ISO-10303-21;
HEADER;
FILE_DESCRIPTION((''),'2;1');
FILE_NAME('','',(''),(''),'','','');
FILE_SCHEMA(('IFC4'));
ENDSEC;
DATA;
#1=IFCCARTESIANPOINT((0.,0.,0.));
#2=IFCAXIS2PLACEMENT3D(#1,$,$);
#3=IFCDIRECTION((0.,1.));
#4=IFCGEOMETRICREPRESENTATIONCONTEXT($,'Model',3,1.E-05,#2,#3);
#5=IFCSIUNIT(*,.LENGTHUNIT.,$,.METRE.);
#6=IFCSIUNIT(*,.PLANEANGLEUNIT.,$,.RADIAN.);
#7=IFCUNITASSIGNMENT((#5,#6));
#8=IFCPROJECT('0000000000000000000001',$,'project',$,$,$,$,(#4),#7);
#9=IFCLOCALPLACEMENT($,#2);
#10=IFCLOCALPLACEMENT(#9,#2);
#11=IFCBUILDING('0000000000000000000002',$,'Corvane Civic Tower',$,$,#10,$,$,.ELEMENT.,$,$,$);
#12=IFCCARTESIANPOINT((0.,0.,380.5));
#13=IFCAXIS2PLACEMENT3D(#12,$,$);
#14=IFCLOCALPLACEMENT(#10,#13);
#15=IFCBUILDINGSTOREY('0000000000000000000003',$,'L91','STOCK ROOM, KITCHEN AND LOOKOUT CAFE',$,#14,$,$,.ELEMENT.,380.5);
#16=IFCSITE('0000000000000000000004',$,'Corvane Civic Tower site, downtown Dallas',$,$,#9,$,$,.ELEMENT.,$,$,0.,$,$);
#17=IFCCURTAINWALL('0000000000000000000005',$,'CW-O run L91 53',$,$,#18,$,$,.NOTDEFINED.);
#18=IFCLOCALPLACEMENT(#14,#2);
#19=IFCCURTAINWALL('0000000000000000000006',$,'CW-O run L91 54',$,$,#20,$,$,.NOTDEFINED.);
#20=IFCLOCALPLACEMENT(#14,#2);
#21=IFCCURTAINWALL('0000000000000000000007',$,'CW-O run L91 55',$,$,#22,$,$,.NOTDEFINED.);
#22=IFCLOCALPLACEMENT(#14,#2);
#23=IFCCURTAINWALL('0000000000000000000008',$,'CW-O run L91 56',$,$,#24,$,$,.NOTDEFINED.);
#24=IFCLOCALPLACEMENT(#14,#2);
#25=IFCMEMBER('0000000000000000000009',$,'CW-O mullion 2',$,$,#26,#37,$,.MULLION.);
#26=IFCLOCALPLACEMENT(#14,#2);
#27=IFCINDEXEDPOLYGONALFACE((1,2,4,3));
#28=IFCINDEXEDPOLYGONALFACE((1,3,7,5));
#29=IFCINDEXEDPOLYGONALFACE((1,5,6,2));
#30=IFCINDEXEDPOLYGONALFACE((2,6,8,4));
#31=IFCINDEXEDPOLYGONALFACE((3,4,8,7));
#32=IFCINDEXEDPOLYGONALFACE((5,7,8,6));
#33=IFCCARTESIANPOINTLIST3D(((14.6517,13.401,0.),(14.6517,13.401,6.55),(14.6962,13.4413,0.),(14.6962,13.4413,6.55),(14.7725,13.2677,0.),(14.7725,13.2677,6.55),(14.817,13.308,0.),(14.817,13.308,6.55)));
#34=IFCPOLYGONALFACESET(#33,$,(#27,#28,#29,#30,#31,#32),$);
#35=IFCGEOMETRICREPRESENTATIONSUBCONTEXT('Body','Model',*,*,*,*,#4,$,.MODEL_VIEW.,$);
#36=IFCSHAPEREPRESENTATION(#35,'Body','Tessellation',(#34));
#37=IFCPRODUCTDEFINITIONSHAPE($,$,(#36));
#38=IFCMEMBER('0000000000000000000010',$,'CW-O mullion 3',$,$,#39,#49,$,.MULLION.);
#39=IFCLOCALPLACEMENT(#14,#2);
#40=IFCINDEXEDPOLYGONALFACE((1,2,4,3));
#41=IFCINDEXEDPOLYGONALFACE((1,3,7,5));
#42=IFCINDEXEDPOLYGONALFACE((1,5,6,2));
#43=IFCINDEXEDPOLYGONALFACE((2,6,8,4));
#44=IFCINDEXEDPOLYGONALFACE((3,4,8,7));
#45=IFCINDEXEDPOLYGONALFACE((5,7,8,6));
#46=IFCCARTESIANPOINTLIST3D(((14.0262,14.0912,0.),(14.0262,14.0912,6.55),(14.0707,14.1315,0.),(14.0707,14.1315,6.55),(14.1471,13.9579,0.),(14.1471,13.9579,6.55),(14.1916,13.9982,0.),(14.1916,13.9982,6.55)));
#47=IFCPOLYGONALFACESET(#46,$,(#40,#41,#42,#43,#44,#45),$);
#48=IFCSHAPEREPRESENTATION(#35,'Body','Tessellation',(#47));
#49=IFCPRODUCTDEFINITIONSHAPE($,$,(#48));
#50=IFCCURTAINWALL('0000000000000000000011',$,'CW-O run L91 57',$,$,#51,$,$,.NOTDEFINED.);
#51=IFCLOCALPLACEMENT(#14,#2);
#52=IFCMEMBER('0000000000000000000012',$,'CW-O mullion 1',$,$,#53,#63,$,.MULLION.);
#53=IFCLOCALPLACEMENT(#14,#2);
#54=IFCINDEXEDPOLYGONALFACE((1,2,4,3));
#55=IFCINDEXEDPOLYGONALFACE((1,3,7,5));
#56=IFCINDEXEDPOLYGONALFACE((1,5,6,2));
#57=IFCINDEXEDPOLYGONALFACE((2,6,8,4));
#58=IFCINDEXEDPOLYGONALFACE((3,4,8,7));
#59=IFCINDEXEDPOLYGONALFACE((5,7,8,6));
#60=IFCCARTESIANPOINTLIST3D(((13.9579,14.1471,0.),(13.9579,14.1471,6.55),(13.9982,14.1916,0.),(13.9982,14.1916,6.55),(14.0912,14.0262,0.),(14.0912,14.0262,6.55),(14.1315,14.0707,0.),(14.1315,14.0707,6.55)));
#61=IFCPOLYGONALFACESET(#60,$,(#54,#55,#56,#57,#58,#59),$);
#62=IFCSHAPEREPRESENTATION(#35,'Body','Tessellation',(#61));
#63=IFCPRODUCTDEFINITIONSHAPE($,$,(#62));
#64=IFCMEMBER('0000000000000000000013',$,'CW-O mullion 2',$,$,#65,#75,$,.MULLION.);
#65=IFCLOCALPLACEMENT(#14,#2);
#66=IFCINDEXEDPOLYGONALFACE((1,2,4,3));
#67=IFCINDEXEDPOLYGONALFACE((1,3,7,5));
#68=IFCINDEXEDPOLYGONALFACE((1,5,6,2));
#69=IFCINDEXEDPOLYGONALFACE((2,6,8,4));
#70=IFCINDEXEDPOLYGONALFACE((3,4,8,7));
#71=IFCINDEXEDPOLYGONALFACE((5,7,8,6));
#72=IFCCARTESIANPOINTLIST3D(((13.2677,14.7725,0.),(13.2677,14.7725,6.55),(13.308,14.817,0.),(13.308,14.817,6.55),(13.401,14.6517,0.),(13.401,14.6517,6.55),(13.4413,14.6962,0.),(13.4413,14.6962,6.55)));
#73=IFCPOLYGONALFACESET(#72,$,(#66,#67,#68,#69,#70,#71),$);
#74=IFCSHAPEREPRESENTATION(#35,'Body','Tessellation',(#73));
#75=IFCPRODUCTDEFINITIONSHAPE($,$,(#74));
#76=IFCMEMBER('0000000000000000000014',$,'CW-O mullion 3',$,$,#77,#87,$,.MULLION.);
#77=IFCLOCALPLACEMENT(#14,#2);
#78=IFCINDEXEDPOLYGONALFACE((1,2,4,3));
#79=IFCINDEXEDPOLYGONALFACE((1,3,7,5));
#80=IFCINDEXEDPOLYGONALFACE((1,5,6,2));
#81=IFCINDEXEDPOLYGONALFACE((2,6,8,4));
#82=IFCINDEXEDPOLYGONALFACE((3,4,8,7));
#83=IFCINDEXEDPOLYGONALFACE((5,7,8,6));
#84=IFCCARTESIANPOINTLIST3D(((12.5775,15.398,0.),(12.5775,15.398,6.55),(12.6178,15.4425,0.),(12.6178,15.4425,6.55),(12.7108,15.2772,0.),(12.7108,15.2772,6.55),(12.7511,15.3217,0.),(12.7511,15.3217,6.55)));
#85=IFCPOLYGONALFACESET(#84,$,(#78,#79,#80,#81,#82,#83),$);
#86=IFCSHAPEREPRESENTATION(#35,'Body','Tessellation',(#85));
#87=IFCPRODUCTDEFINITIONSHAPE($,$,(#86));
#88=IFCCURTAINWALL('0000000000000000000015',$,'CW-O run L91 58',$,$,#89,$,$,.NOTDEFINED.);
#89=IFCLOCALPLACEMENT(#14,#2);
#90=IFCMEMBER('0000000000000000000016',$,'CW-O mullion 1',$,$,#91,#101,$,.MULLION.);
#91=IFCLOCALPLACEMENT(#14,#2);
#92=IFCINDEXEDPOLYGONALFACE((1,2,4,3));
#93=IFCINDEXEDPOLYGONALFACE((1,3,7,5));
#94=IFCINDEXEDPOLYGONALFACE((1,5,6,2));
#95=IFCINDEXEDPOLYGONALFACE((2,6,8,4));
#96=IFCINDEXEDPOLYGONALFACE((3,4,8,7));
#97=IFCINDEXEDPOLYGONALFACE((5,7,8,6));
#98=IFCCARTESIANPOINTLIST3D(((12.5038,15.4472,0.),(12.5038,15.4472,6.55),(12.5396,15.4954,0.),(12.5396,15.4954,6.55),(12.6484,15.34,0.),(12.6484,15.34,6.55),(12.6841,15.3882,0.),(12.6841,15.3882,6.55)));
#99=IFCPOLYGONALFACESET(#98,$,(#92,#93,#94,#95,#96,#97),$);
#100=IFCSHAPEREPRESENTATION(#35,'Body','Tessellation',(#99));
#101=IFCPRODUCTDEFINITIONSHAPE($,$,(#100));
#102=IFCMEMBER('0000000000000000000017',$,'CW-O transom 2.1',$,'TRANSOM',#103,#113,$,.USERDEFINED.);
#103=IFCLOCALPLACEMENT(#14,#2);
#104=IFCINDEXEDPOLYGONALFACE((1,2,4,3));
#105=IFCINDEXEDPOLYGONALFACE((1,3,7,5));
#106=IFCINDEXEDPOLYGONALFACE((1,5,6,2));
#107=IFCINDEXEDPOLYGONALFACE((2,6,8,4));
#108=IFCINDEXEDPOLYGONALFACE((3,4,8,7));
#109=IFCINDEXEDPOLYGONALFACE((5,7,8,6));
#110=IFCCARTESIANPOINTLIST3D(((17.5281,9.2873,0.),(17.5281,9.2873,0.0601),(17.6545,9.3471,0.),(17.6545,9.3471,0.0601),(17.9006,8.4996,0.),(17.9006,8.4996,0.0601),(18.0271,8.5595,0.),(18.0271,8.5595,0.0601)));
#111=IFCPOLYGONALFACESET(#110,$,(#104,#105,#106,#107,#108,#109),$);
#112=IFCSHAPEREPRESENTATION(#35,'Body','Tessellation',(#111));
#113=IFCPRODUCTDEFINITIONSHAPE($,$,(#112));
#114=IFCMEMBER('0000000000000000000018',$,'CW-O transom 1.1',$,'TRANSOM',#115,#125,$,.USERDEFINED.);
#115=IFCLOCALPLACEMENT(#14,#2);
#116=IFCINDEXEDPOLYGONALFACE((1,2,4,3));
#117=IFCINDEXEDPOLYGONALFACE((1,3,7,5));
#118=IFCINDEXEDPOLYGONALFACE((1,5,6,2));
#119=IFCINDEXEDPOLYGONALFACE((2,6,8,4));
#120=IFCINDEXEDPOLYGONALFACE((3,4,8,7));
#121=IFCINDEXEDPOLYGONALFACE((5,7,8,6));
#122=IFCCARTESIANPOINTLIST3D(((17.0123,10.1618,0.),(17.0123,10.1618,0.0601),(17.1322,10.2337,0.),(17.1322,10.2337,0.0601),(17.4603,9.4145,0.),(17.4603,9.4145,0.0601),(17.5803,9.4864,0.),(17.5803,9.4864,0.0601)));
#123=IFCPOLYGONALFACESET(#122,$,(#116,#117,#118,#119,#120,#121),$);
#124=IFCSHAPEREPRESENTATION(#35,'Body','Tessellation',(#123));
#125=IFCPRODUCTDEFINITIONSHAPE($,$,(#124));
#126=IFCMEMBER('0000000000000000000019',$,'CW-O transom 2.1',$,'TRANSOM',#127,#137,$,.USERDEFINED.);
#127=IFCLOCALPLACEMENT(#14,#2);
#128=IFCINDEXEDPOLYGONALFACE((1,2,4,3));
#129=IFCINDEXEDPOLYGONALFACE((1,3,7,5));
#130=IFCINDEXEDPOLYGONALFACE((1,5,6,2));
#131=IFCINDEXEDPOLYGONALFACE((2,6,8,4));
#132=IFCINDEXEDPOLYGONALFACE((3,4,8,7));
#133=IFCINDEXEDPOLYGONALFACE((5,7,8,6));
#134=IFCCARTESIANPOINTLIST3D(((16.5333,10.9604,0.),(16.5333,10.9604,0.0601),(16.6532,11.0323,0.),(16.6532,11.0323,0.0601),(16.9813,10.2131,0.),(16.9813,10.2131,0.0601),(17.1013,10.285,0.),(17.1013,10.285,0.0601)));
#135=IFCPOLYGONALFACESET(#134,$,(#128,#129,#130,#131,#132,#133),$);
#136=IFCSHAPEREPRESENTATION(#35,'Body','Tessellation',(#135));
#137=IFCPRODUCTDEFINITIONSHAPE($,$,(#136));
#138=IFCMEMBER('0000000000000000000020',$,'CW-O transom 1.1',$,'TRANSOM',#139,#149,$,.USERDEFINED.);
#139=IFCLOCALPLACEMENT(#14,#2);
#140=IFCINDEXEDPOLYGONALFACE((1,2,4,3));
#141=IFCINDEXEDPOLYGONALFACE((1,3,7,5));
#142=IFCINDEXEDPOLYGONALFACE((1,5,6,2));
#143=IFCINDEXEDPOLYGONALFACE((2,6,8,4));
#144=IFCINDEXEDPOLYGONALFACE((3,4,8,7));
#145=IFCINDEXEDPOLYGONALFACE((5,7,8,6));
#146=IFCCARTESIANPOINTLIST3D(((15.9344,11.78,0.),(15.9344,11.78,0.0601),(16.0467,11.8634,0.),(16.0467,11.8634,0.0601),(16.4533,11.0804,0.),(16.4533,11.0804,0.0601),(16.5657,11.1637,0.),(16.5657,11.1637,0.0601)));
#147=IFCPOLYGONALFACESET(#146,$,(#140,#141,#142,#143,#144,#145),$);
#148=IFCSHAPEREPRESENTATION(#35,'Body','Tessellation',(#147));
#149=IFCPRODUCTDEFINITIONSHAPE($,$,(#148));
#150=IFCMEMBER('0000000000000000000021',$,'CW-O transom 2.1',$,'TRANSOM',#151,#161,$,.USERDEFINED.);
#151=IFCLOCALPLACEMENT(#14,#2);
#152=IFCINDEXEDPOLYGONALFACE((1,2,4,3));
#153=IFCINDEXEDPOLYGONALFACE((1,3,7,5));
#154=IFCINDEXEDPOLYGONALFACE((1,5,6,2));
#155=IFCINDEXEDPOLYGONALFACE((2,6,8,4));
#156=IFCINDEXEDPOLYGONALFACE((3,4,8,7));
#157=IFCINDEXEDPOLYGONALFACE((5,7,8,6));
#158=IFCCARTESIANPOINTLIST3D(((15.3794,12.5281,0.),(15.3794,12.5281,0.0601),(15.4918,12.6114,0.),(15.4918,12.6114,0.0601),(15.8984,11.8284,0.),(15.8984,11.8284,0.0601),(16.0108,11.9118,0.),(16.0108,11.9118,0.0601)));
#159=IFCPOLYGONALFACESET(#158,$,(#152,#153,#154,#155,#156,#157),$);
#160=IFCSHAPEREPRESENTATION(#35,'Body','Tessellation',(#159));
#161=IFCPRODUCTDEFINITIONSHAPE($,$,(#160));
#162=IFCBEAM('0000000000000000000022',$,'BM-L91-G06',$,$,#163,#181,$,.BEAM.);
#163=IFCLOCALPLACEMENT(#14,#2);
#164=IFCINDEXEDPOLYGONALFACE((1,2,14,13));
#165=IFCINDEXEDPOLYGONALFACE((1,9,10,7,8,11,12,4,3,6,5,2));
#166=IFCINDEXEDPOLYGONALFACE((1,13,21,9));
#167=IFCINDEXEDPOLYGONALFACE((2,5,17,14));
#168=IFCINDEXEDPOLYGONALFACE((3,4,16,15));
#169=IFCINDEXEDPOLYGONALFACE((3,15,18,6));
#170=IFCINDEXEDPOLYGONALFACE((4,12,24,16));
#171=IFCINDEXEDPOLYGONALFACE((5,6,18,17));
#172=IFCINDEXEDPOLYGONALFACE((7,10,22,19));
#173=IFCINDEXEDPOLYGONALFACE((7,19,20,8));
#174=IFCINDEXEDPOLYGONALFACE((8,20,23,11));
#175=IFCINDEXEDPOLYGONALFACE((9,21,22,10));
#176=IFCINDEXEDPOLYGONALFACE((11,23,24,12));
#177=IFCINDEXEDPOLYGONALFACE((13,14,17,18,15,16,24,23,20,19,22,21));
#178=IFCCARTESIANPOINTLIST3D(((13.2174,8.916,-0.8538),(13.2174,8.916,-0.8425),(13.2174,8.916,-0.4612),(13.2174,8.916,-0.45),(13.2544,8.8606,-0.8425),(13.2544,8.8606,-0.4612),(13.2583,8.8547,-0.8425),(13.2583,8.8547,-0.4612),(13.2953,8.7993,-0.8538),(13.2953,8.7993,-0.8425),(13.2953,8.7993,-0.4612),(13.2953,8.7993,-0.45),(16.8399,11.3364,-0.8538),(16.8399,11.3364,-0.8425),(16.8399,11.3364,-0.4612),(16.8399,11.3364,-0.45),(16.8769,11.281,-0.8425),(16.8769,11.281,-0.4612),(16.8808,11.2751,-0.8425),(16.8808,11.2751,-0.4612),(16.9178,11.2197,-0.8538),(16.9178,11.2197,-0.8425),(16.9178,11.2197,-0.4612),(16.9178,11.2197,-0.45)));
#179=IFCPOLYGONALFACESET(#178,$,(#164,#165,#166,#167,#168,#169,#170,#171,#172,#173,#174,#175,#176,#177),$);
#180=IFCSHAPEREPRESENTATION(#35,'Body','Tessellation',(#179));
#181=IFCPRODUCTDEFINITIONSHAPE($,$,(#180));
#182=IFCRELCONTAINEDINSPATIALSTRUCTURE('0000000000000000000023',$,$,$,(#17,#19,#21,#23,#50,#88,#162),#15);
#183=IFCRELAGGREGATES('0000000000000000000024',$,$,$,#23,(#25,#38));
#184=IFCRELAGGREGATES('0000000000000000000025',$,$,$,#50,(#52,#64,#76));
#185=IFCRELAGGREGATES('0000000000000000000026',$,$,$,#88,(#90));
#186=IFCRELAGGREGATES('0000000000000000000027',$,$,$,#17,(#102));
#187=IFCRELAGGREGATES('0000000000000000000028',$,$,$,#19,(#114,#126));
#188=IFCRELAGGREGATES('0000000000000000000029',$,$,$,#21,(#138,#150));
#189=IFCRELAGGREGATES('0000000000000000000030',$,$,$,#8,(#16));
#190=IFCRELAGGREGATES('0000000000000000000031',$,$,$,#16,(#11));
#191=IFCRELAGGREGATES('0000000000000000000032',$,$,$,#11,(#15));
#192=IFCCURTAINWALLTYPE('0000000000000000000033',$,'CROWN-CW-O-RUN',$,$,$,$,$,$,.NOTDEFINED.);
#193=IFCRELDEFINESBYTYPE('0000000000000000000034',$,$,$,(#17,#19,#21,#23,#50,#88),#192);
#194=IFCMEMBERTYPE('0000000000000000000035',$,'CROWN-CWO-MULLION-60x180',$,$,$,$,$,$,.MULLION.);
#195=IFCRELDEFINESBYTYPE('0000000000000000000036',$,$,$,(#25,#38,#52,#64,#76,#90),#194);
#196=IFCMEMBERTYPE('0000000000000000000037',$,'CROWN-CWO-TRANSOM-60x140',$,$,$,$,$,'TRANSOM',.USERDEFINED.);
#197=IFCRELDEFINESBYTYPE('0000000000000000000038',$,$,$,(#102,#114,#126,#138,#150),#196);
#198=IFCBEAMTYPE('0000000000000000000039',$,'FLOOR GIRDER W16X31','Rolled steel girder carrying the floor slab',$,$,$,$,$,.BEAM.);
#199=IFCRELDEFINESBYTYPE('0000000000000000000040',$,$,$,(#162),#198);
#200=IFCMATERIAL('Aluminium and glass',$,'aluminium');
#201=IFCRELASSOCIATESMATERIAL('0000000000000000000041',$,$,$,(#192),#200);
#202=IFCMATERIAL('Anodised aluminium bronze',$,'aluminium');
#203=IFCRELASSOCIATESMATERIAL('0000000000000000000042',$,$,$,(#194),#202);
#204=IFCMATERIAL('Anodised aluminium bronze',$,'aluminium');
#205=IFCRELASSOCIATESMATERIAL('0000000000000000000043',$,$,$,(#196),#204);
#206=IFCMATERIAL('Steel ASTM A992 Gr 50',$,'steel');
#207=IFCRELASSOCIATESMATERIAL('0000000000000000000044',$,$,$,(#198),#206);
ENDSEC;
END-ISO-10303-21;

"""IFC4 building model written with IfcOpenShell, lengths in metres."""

from ifc_helpers import new_model, si_unit, direction, frame, origin, origin_2d, place, context, subcontext, project, spatial, rectangle, i_section, extrude, material, material_profile, profile_set, type_object, element, aggregate, save


model = new_model("IFC4")

# Units and contexts
model_context = context("Model", 3, precision=1e-05, world=origin(), true_north=direction((0.0, 1.0)))
body_context = subcontext(model_context, "Body", "Model", "MODEL_VIEW")
ifc_project = project(units=[si_unit("LENGTHUNIT", "METRE"), si_unit("PLANEANGLEUNIT", "RADIAN")], contexts=[model_context])

# Site, building, storey
site_placement = place(None, origin())
site = spatial("IfcSite", under=ifc_project, at=site_placement, Name="Corvane Civic Tower site, downtown Dallas", CompositionType="ELEMENT", RefElevation=0.0)
building_placement = place(site_placement, origin())
building = spatial("IfcBuilding", under=site, at=building_placement, Name="Corvane Civic Tower", CompositionType="ELEMENT")
storey_placement = place(building_placement, frame((0.0, 0.0, 380.5)))
storey = spatial("IfcBuildingStorey", under=building, at=storey_placement, Name="L91", Description="STOCK ROOM, KITCHEN AND LOOKOUT CAFE", CompositionType="ELEMENT", Elevation=380.5)

# Curtain wall
ifc_material_1 = material(Name="Aluminium and glass", Category="aluminium")
curtain_wall_type = type_object("IfcCurtainWallType", Name="CROWN-CW-O-RUN", PredefinedType="NOTDEFINED", material=ifc_material_1)
curtain_wall_1_placement = place(storey_placement, origin())
curtain_wall_1 = element("IfcCurtainWall", 1, at=curtain_wall_1_placement, inside=storey, type_object=curtain_wall_type, Name="CW-O run L91 53", PredefinedType="NOTDEFINED")
ifc_material_2 = material(Name="Anodised aluminium bronze", Category="aluminium")
ifc_material_profile_1 = material_profile(ifc_material_2, rectangle(XDim=0.0601, YDim=0.1799, at=origin_2d()), Name="AL 60x180")
ifc_profile_set_1 = profile_set([ifc_material_profile_1], Name="Anodised aluminium bronze")
member_type_1 = type_object("IfcMemberType", Name="CROWN-CWO-MULLION-60x180", PredefinedType="MULLION", material=ifc_profile_set_1)

# Curtain walls, members
curtain_wall_2_placement = place(storey_placement, origin())
curtain_wall_2 = element("IfcCurtainWall", 2, at=curtain_wall_2_placement, inside=storey, type_object=curtain_wall_type, Name="CW-O run L91 54", PredefinedType="NOTDEFINED")
curtain_wall_3_placement = place(storey_placement, origin())
curtain_wall_3 = element("IfcCurtainWall", 3, at=curtain_wall_3_placement, inside=storey, type_object=curtain_wall_type, Name="CW-O run L91 55", PredefinedType="NOTDEFINED")
curtain_wall_4_placement = place(storey_placement, origin())
curtain_wall_4 = element("IfcCurtainWall", 4, at=curtain_wall_4_placement, inside=storey, type_object=curtain_wall_type, Name="CW-O run L91 56", PredefinedType="NOTDEFINED")
member_1_placement = place(storey_placement, frame((14.7344, 13.3545, 0.0), z_axis=(0.0, 0.0, 1.0), x_axis=(-0.740944, -0.671567, 0.0)))
member_1 = element("IfcMember", 5, at=member_1_placement, type_object=member_type_1, Name="CW-O mullion 2", PredefinedType="MULLION", context=body_context, shape_type="SweptSolid", body=[
    extrude(rectangle(XDim=0.0601, YDim=0.1799, at=origin_2d()), origin(), (0.0, 0.0, 1.0), 6.55),
])
member_2_placement = place(storey_placement, frame((14.1089, 14.0447, 0.0), z_axis=(0.0, 0.0, 1.0), x_axis=(-0.740944, -0.671567, 0.0)))
member_2 = element("IfcMember", 6, at=member_2_placement, type_object=member_type_1, Name="CW-O mullion 3", PredefinedType="MULLION", context=body_context, shape_type="SweptSolid", body=[
    extrude(rectangle(XDim=0.0601, YDim=0.1799, at=origin_2d()), origin(), (0.0, 0.0, 1.0), 6.55),
])
aggregate(curtain_wall_4, [member_1, member_2])
curtain_wall_5_placement = place(storey_placement, origin())
curtain_wall_5 = element("IfcCurtainWall", 7, at=curtain_wall_5_placement, inside=storey, type_object=curtain_wall_type, Name="CW-O run L91 57", PredefinedType="NOTDEFINED")
member_3_placement = place(storey_placement, frame((14.0447, 14.1089, 0.0), z_axis=(0.0, 0.0, 1.0), x_axis=(-0.671567, -0.740944, 0.0)))
member_3 = element("IfcMember", 8, at=member_3_placement, type_object=member_type_1, Name="CW-O mullion 1", PredefinedType="MULLION", context=body_context, shape_type="SweptSolid", body=[
    extrude(rectangle(XDim=0.0601, YDim=0.1799, at=origin_2d()), origin(), (0.0, 0.0, 1.0), 6.55),
])
member_4_placement = place(storey_placement, frame((13.3545, 14.7344, 0.0), z_axis=(0.0, 0.0, 1.0), x_axis=(-0.671567, -0.740944, 0.0)))
member_4 = element("IfcMember", 9, at=member_4_placement, type_object=member_type_1, Name="CW-O mullion 2", PredefinedType="MULLION", context=body_context, shape_type="SweptSolid", body=[
    extrude(rectangle(XDim=0.0601, YDim=0.1799, at=origin_2d()), origin(), (0.0, 0.0, 1.0), 6.55),
])
member_5_placement = place(storey_placement, frame((12.6643, 15.3599, 0.0), z_axis=(0.0, 0.0, 1.0), x_axis=(-0.671567, -0.740944, 0.0)))
member_5 = element("IfcMember", 10, at=member_5_placement, type_object=member_type_1, Name="CW-O mullion 3", PredefinedType="MULLION", context=body_context, shape_type="SweptSolid", body=[
    extrude(rectangle(XDim=0.0601, YDim=0.1799, at=origin_2d()), origin(), (0.0, 0.0, 1.0), 6.55),
])
aggregate(curtain_wall_5, [member_3, member_4, member_5])

# Curtain wall, member
curtain_wall_6_placement = place(storey_placement, origin())
curtain_wall_6 = element("IfcCurtainWall", 11, at=curtain_wall_6_placement, inside=storey, type_object=curtain_wall_type, Name="CW-O run L91 58", PredefinedType="NOTDEFINED")
member_6_placement = place(storey_placement, frame((12.594, 15.4177, 0.0), z_axis=(0.0, 0.0, 1.0), x_axis=(-0.595722, -0.80319, 0.0)))
member_6 = element("IfcMember", 12, at=member_6_placement, type_object=member_type_1, Name="CW-O mullion 1", PredefinedType="MULLION", context=body_context, shape_type="SweptSolid", body=[
    extrude(rectangle(XDim=0.0601, YDim=0.1799, at=origin_2d()), origin(), (0.0, 0.0, 1.0), 6.55),
])
aggregate(curtain_wall_6, [member_6])

# Members
ifc_material_3 = material(Name="Anodised aluminium bronze", Category="aluminium")
ifc_material_profile_2 = material_profile(ifc_material_3, rectangle(XDim=0.1399, YDim=0.0601, at=origin_2d()), Name="AL 140x60")
ifc_profile_set_2 = profile_set([ifc_material_profile_2], Name="Anodised aluminium bronze")
member_type_2 = type_object("IfcMemberType", Name="CROWN-CWO-TRANSOM-60x140", ElementType="TRANSOM", PredefinedType="USERDEFINED", material=ifc_profile_set_2)
member_7_placement = place(storey_placement, frame((17.9639, 8.5295, 0.03), z_axis=(-0.427604, 0.903966, 0.0), x_axis=(-0.903966, -0.427604, 0.0)))
member_7 = element("IfcMember", 13, at=member_7_placement, type_object=member_type_2, Name="CW-O transom 2.1", ObjectType="TRANSOM", PredefinedType="USERDEFINED", context=body_context, shape_type="SweptSolid", body=[
    extrude(rectangle(XDim=0.1399, YDim=0.0601, at=origin_2d()), origin(), (0.0, 0.0, 1.0), 0.8713),
])
aggregate(curtain_wall_1, [member_7])
member_8_placement = place(storey_placement, frame((17.5203, 9.4504, 0.03), z_axis=(-0.514166, 0.857691, 0.0), x_axis=(-0.857691, -0.514166, 0.0)))
member_8 = element("IfcMember", 14, at=member_8_placement, type_object=member_type_2, Name="CW-O transom 1.1", ObjectType="TRANSOM", PredefinedType="USERDEFINED", context=body_context, shape_type="SweptSolid", body=[
    extrude(rectangle(XDim=0.1399, YDim=0.0601, at=origin_2d()), origin(), (0.0, 0.0, 1.0), 0.8713),
])
member_9_placement = place(storey_placement, frame((17.0413, 10.249, 0.03), z_axis=(-0.514166, 0.857691, 0.0), x_axis=(-0.857691, -0.514166, 0.0)))
member_9 = element("IfcMember", 15, at=member_9_placement, type_object=member_type_2, Name="CW-O transom 2.1", ObjectType="TRANSOM", PredefinedType="USERDEFINED", context=body_context, shape_type="SweptSolid", body=[
    extrude(rectangle(XDim=0.1399, YDim=0.0601, at=origin_2d()), origin(), (0.0, 0.0, 1.0), 0.8713),
])
aggregate(curtain_wall_2, [member_8, member_9])
member_10_placement = place(storey_placement, frame((16.5095, 11.1221, 0.03), z_axis=(-0.595777, 0.80315, 0.0), x_axis=(-0.80315, -0.595777, 0.0)))
member_10 = element("IfcMember", 16, at=member_10_placement, type_object=member_type_2, Name="CW-O transom 1.1", ObjectType="TRANSOM", PredefinedType="USERDEFINED", context=body_context, shape_type="SweptSolid", body=[
    extrude(rectangle(XDim=0.1399, YDim=0.0601, at=origin_2d()), origin(), (0.0, 0.0, 1.0), 0.8711),
])
member_11_placement = place(storey_placement, frame((15.9546, 11.8701, 0.03), z_axis=(-0.595777, 0.80315, 0.0), x_axis=(-0.80315, -0.595777, 0.0)))
member_11 = element("IfcMember", 17, at=member_11_placement, type_object=member_type_2, Name="CW-O transom 2.1", ObjectType="TRANSOM", PredefinedType="USERDEFINED", context=body_context, shape_type="SweptSolid", body=[
    extrude(rectangle(XDim=0.1399, YDim=0.0601, at=origin_2d()), origin(), (0.0, 0.0, 1.0), 0.8711),
])
aggregate(curtain_wall_3, [member_10, member_11])

# Beam
ifc_material_4 = material(Name="Steel ASTM A992 Gr 50", Category="steel")
ifc_material_profile_3 = material_profile(ifc_material_4, i_section(OverallWidth=0.1404, OverallDepth=0.4038, WebThickness=0.0071, FlangeThickness=0.0112, at=origin_2d()), Name="W16X31")
ifc_profile_set_3 = profile_set([ifc_material_profile_3], Name="Steel ASTM A992 Gr 50")
beam_type = type_object("IfcBeamType", Name="FLOOR GIRDER W16X31", Description="Rolled steel girder carrying the floor slab", PredefinedType="BEAM", material=ifc_profile_set_3)
beam_placement = place(storey_placement, frame((13.2563, 8.8577, -0.6519), z_axis=(0.831481, 0.555553, 0.0), x_axis=(-0.555553, 0.831481, 0.0)))
element("IfcBeam", 18, at=beam_placement, inside=storey, type_object=beam_type, Name="BM-L91-G06", PredefinedType="BEAM", context=body_context, shape_type="SweptSolid", body=[
    extrude(i_section(OverallWidth=0.1404, OverallDepth=0.4038, WebThickness=0.0071, FlangeThickness=0.0112, at=origin_2d()), origin(), (0.0, 0.0, 1.0), 4.3567),
])

save(model, "model.ifc")
